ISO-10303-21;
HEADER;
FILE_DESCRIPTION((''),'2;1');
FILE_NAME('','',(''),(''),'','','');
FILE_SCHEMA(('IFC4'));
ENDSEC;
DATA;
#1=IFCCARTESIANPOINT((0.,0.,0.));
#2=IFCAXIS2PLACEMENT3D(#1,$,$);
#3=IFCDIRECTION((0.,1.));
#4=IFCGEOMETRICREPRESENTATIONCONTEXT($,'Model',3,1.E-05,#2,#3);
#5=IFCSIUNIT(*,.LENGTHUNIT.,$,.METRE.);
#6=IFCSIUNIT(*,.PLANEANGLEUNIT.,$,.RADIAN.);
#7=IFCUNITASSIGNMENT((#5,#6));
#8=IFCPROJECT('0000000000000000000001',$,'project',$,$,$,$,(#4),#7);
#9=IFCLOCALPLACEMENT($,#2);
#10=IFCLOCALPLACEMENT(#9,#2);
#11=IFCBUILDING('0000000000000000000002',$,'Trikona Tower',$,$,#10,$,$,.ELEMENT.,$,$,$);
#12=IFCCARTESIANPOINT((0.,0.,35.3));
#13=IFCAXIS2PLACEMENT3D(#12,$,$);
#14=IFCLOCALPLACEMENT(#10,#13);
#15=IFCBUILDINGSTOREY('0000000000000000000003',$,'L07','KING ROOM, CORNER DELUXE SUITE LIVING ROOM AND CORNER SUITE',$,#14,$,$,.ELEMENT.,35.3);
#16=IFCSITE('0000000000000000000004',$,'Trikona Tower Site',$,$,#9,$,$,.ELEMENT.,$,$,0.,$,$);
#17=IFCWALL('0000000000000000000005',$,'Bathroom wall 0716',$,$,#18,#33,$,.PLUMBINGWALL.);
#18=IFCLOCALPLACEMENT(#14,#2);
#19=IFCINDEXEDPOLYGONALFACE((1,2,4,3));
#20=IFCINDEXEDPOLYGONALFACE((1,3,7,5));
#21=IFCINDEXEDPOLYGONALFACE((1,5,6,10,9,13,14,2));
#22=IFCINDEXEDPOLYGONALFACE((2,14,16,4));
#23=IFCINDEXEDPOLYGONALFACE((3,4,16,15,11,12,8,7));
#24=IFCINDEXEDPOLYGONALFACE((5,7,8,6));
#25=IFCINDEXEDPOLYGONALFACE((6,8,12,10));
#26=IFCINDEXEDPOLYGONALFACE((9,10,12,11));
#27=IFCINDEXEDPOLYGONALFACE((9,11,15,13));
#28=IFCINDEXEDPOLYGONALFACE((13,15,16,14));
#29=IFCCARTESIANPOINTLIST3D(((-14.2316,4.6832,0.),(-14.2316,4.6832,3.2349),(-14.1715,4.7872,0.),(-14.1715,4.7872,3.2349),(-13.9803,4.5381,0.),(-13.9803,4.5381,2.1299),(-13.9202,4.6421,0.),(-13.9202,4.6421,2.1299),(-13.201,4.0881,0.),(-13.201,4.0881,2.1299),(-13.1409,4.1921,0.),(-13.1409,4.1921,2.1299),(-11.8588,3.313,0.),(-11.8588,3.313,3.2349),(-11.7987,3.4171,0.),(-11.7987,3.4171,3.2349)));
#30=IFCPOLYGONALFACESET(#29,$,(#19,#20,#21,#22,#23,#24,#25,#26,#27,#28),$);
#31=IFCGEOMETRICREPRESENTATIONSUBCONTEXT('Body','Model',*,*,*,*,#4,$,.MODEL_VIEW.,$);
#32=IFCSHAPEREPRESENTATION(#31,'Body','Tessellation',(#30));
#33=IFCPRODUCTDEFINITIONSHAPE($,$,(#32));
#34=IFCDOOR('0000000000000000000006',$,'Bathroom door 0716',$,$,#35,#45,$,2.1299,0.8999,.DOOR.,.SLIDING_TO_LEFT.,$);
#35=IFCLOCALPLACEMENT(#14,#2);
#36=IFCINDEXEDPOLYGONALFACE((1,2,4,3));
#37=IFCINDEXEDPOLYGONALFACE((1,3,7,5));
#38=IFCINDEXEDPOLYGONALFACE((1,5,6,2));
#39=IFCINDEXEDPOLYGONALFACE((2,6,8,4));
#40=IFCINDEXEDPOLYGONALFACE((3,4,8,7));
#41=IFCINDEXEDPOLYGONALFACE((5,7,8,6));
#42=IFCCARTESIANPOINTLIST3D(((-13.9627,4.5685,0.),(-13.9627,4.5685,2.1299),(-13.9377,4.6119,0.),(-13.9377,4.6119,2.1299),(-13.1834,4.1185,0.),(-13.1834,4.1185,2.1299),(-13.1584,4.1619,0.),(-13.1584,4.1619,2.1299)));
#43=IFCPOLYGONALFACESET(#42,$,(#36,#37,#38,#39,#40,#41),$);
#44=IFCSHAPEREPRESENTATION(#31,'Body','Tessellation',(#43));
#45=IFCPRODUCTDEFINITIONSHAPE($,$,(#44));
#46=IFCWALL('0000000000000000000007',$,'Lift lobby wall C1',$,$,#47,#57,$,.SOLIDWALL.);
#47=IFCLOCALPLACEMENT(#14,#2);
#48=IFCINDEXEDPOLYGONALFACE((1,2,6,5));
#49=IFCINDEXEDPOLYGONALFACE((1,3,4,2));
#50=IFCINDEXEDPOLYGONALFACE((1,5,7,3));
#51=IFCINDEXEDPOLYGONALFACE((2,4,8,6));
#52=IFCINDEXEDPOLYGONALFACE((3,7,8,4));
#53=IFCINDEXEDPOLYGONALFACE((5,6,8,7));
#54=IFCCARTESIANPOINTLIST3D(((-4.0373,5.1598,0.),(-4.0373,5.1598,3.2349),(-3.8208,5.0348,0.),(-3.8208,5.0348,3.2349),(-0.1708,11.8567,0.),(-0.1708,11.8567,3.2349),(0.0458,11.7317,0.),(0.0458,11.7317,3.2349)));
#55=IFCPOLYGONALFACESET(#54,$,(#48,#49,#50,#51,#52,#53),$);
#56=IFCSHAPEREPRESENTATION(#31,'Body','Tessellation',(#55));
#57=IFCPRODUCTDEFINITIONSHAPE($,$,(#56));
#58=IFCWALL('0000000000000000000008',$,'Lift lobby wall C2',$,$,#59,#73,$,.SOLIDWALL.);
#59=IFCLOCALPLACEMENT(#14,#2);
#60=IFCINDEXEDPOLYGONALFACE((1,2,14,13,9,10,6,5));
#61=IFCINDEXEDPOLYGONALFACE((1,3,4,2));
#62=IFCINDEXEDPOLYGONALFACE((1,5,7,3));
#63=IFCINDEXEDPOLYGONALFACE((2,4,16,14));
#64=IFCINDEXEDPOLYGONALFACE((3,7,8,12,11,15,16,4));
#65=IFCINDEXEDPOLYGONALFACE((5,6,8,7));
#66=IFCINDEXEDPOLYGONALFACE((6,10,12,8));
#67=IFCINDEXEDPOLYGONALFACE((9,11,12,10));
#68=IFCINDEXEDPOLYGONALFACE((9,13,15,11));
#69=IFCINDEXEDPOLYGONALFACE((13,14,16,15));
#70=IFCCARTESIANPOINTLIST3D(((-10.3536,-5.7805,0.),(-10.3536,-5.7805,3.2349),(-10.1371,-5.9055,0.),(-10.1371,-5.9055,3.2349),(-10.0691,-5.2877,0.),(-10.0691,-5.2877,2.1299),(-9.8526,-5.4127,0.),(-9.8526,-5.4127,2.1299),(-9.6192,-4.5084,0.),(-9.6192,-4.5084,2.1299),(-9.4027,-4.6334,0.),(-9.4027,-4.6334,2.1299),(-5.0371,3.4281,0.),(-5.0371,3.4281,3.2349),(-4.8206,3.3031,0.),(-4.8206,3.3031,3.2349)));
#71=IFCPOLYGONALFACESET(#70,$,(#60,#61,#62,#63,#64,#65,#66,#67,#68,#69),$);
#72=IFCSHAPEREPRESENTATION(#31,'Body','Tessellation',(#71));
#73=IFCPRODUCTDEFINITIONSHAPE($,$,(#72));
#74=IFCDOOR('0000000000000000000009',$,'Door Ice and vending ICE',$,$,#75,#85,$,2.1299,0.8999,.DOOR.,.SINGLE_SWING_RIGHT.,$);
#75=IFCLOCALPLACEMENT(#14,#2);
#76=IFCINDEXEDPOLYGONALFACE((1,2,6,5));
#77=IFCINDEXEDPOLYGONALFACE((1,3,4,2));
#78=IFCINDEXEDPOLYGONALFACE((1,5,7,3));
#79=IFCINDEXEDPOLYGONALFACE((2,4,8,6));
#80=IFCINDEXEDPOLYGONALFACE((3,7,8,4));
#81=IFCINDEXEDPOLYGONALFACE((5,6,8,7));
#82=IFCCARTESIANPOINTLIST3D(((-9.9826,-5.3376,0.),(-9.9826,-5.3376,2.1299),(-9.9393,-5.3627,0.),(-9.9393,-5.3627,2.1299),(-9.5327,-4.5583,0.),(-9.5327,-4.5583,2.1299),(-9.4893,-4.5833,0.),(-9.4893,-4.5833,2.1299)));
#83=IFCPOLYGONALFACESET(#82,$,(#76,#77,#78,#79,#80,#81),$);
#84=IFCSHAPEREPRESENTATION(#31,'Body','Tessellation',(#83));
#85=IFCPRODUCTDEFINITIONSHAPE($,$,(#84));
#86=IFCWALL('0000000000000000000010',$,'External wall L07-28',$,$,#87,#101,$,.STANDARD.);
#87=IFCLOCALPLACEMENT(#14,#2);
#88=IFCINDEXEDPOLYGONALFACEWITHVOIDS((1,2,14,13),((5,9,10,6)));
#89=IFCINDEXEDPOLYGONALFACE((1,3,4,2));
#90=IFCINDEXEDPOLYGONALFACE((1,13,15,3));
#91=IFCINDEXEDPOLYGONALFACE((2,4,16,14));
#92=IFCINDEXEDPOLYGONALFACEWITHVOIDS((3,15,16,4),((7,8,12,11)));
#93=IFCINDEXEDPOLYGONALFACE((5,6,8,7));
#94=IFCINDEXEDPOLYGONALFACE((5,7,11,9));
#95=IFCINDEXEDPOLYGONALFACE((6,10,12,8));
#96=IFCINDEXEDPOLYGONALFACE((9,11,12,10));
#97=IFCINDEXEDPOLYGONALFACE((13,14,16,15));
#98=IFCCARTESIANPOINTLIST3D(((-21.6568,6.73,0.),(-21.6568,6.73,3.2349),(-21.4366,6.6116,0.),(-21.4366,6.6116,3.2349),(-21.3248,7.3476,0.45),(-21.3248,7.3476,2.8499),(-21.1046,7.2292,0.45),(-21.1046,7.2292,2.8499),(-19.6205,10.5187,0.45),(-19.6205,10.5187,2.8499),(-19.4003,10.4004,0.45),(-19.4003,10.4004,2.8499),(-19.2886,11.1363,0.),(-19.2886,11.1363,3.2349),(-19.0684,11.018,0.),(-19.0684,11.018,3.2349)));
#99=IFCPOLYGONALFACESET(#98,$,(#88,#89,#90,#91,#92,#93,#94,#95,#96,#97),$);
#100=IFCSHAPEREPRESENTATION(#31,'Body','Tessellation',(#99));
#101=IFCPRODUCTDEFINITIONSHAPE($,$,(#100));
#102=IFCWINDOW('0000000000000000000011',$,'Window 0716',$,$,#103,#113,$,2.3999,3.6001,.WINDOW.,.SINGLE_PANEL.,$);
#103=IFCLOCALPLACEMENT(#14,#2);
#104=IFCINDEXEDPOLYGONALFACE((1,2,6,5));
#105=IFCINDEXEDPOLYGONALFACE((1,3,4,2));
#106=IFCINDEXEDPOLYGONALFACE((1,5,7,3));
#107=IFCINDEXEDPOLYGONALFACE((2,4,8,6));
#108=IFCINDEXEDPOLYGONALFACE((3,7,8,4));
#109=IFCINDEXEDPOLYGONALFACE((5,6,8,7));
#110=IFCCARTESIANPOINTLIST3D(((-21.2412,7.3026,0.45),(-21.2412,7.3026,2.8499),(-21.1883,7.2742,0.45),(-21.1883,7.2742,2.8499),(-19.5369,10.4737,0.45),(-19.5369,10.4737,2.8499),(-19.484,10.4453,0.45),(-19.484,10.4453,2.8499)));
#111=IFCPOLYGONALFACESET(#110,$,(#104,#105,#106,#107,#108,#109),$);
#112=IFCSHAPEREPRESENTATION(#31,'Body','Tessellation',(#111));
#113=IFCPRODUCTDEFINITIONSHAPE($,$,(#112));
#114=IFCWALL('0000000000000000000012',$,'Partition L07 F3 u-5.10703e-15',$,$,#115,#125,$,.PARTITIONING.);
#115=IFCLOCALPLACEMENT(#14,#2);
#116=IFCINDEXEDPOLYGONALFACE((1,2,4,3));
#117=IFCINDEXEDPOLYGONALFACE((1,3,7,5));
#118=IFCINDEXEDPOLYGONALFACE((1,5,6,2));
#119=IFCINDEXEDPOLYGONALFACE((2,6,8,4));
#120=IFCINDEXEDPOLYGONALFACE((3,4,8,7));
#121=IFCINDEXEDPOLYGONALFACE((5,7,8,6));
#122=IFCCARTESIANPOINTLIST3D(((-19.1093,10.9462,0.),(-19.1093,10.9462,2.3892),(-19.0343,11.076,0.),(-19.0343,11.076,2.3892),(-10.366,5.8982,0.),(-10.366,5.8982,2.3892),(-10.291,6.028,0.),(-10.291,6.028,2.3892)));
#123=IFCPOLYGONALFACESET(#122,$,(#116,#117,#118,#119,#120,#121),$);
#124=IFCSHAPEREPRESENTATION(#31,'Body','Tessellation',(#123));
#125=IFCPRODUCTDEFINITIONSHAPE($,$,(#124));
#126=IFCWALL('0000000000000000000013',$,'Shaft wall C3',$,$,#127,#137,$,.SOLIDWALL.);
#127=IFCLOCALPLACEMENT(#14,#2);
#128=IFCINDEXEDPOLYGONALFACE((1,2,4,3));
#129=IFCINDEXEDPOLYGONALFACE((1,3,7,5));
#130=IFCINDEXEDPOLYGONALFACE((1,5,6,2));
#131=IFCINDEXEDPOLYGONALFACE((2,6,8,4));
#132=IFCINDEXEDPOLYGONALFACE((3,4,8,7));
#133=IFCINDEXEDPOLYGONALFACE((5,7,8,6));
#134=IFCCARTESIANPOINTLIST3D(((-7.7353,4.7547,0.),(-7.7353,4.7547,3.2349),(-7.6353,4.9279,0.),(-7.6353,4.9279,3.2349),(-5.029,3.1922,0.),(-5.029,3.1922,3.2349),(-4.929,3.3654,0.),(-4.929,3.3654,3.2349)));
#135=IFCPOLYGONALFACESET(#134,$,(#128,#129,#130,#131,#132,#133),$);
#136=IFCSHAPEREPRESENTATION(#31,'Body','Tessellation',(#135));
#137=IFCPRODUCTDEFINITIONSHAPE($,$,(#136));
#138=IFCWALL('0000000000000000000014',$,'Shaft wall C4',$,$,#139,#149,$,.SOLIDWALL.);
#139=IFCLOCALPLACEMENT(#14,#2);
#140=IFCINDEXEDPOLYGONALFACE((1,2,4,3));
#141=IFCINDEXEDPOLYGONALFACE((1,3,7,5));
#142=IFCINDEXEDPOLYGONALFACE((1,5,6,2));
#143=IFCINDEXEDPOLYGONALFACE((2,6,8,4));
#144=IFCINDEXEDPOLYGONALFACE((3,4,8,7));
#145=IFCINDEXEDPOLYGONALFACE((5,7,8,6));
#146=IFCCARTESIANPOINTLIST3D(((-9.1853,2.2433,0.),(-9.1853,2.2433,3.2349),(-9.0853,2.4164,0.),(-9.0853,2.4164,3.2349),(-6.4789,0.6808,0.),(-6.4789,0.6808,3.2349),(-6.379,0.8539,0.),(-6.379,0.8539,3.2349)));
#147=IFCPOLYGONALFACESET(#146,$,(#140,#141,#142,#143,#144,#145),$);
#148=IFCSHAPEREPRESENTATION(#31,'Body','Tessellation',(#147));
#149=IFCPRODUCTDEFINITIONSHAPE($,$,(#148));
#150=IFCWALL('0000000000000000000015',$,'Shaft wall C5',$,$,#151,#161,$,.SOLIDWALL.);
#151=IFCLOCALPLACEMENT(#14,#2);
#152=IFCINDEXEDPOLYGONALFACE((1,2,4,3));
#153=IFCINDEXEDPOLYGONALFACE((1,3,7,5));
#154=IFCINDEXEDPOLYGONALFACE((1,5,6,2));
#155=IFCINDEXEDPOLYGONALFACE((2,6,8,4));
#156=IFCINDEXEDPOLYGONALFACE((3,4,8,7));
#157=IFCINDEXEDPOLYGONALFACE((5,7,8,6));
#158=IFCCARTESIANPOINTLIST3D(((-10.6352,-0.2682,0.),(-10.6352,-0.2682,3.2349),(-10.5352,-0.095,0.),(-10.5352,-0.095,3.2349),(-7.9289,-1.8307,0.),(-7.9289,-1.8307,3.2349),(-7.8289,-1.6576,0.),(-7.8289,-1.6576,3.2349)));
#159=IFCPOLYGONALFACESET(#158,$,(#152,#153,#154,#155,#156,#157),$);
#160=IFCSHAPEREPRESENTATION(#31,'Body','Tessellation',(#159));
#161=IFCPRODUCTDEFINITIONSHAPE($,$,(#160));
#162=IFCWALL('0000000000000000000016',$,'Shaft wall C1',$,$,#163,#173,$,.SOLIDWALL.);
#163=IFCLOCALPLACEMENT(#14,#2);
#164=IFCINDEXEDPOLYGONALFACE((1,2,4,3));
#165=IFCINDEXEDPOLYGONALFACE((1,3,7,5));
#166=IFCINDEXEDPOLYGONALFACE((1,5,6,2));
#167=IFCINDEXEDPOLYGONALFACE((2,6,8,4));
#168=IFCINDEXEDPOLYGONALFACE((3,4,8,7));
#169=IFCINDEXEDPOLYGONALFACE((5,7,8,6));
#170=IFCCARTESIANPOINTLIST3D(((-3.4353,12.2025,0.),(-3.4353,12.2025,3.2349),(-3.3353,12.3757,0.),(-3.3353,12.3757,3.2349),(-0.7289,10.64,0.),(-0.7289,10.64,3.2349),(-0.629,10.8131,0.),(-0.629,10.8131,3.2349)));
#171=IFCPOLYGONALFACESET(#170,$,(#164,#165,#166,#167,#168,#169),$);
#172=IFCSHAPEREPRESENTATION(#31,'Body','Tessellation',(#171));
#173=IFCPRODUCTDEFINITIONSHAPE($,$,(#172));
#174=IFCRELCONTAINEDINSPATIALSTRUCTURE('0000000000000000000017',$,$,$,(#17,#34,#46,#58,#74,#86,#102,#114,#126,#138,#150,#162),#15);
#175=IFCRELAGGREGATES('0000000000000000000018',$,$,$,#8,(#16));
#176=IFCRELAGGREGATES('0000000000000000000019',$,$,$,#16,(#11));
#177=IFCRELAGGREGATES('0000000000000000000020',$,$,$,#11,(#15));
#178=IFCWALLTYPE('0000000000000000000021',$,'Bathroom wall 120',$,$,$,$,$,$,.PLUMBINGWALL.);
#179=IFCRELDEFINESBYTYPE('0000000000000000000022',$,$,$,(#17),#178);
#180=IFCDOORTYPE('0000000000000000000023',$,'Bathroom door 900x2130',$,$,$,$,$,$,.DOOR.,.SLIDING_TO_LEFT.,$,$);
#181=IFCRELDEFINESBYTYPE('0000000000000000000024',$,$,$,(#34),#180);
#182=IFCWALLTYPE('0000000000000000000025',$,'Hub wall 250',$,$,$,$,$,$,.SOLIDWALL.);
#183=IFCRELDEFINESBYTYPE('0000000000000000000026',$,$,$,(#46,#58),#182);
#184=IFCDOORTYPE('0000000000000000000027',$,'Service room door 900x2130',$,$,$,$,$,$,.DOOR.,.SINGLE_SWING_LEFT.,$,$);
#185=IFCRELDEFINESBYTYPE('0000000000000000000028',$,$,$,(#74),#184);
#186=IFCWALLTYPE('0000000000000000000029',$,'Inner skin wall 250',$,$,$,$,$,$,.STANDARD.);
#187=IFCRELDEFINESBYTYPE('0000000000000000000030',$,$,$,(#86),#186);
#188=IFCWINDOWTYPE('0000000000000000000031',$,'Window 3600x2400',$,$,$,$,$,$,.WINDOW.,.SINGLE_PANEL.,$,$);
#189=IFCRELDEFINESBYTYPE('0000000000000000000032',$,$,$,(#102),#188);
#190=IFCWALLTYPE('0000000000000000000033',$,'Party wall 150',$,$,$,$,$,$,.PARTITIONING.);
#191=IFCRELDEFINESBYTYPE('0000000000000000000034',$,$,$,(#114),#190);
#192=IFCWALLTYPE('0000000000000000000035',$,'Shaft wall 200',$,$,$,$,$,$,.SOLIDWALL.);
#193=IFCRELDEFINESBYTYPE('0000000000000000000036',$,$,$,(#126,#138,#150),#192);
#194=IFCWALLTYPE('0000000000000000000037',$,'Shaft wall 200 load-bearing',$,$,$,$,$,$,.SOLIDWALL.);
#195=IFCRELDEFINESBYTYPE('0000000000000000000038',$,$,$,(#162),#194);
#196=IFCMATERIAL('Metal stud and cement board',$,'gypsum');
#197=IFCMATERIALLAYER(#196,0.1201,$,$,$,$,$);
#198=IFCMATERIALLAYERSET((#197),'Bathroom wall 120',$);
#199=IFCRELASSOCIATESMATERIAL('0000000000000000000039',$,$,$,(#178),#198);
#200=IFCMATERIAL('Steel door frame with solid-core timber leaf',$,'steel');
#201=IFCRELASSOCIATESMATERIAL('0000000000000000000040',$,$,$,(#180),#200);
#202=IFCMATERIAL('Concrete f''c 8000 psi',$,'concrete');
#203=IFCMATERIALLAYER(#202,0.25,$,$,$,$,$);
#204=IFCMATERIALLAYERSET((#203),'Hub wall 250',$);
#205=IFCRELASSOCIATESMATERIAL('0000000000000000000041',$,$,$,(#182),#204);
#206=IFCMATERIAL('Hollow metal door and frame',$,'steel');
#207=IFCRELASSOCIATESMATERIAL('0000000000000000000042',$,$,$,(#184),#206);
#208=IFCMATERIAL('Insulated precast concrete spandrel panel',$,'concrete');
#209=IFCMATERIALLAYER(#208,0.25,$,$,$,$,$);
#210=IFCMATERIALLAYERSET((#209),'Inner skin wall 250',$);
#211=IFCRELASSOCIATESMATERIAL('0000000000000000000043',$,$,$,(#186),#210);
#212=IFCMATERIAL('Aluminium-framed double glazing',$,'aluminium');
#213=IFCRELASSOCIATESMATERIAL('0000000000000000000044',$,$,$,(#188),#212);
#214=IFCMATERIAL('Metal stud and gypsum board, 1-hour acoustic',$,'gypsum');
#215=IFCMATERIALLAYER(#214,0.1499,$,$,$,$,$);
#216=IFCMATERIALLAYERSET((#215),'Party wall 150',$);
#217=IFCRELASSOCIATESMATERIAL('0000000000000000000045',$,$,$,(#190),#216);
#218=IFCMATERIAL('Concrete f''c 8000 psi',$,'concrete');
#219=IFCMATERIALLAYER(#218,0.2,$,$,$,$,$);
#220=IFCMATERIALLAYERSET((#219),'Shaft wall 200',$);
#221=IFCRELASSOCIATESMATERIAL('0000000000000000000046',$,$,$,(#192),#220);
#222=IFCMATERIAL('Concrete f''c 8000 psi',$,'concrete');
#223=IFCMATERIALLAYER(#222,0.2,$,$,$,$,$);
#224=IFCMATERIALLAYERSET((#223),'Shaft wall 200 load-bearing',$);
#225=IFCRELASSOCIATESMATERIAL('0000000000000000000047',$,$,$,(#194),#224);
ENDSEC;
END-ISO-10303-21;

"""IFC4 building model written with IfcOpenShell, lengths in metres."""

from ifc_helpers import new_model, si_unit, direction, frame, frame_2d, origin, place, context, subcontext, project, spatial, rectangle, extrude, material, layer, layer_set, type_object, element, fill, save


model = new_model("IFC4")

# Units and contexts
model_context = context("Model", 3, precision=1e-05, world=origin(), true_north=direction((0.0, 1.0)))
body_context = subcontext(model_context, "Body", "Model", "MODEL_VIEW")
ifc_project = project(units=[si_unit("LENGTHUNIT", "METRE"), si_unit("PLANEANGLEUNIT", "RADIAN")], contexts=[model_context])

# Site, building, storey
site_placement = place(None, origin())
site = spatial("IfcSite", under=ifc_project, at=site_placement, Name="Trikona Tower Site", CompositionType="ELEMENT", RefElevation=0.0)
building_placement = place(site_placement, origin())
building = spatial("IfcBuilding", under=site, at=building_placement, Name="Trikona Tower", CompositionType="ELEMENT")
storey_placement = place(building_placement, frame((0.0, 0.0, 35.3)))
storey = spatial("IfcBuildingStorey", under=building, at=storey_placement, Name="L07", Description="KING ROOM, CORNER DELUXE SUITE LIVING ROOM AND CORNER SUITE", CompositionType="ELEMENT", Elevation=35.3)

# Shared definitions
ifc_material_1 = material(Name="Metal stud and cement board", Category="gypsum")
ifc_layer_1 = layer(ifc_material_1, 0.1201)
ifc_layer_set_1 = layer_set([ifc_layer_1], Name="Bathroom wall 120")
wall_type_1 = type_object("IfcWallType", Name="Bathroom wall 120", PredefinedType="PLUMBINGWALL", material=ifc_layer_set_1)

# Shared definitions
ifc_material_2 = material(Name="Steel door frame with solid-core timber leaf", Category="steel")
door_type_1 = type_object("IfcDoorType", Name="Bathroom door 900x2130", OperationType="SLIDING_TO_LEFT", PredefinedType="DOOR", material=ifc_material_2)

# Wall, opening, door
wall_1_placement = place(storey_placement, frame((-11.8286, 3.365, 0.0), z_axis=(0.0, 0.0, 1.0), x_axis=(-0.865997, 0.500049, 0.0)))
wall_1 = element("IfcWall", 1, at=wall_1_placement, inside=storey, type_object=wall_type_1, Name="Bathroom wall 0716", PredefinedType="PLUMBINGWALL", context=body_context, shape_type="SweptSolid", body=[
    extrude(rectangle(XDim=2.74, YDim=0.1201, at=frame_2d((1.3701, 0.0))), origin(), (0.0, 0.0, 1.0), 3.2349),
])
opening_1_placement = place(wall_1_placement, frame((1.55, 0.0, 0.0)))
opening_1 = element("IfcOpeningElement", 2, at=opening_1_placement, cuts=wall_1, PredefinedType="OPENING", context=body_context, shape_type="SweptSolid", body=[
    extrude(rectangle(XDim=0.8999, YDim=2.1299, at=frame_2d((0.45, 1.0649))), frame((0.0, 0.0701, 0.0), z_axis=(0.0, -1.0, 0.0), x_axis=(1.0, 0.0, 0.0)), (0.0, 0.0, 1.0), 0.1401),
])
door_1_placement = place(opening_1_placement, origin())
door_1 = element("IfcDoor", 3, at=door_1_placement, inside=storey, type_object=door_type_1, Name="Bathroom door 0716", OperationType="SLIDING_TO_LEFT", OverallHeight=2.1299, OverallWidth=0.8999, PredefinedType="DOOR", context=body_context, shape_type="SweptSolid", body=[
    extrude(rectangle(XDim=0.8999, YDim=2.1299, at=frame_2d((0.45, 1.0649))), frame((0.0, 0.0249, 0.0), z_axis=(0.0, -1.0, 0.0), x_axis=(1.0, 0.0, 0.0)), (0.0, 0.0, 1.0), 0.05),
])
fill(opening_1, door_1)

# Wall
ifc_material_3 = material(Name="Concrete f'c 8000 psi", Category="concrete")
ifc_layer_2 = layer(ifc_material_3, 0.25)
ifc_layer_set_2 = layer_set([ifc_layer_2], Name="Hub wall 250")
wall_type_2 = type_object("IfcWallType", Name="Hub wall 250", PredefinedType="SOLIDWALL", material=ifc_layer_set_2)
wall_2_placement = place(storey_placement, frame((-0.0625, 11.7942, 0.0), z_axis=(0.0, 0.0, 1.0), x_axis=(-0.500007, -0.866022, 0.0)))
element("IfcWall", 4, at=wall_2_placement, inside=storey, type_object=wall_type_2, Name="Lift lobby wall C1", PredefinedType="SOLIDWALL", context=body_context, shape_type="SweptSolid", body=[
    extrude(rectangle(XDim=7.7329, YDim=0.25, at=frame_2d((3.8665, 0.0))), origin(), (0.0, 0.0, 1.0), 3.2349),
])

# Wall, opening, door
wall_3_placement = place(storey_placement, frame((-4.929, 3.3655, 0.0), z_axis=(0.0, 0.0, 1.0), x_axis=(-0.499991, -0.86603, 0.0)))
wall_3 = element("IfcWall", 5, at=wall_3_placement, inside=storey, type_object=wall_type_2, Name="Lift lobby wall C2", PredefinedType="SOLIDWALL", context=body_context, shape_type="SweptSolid", body=[
    extrude(rectangle(XDim=10.6331, YDim=0.25, at=frame_2d((5.3164, 0.0))), origin(), (0.0, 0.0, 1.0), 3.2349),
])
opening_2_placement = place(wall_3_placement, frame((9.1641, 0.0, 0.0)))
opening_2 = element("IfcOpeningElement", 6, at=opening_2_placement, cuts=wall_3, PredefinedType="OPENING", context=body_context, shape_type="SweptSolid", body=[
    extrude(rectangle(XDim=0.8999, YDim=2.1299, at=frame_2d((0.45, 1.0649))), frame((0.0, 0.135, 0.0), z_axis=(0.0, -1.0, 0.0), x_axis=(1.0, 0.0, 0.0)), (0.0, 0.0, 1.0), 0.27),
])
ifc_material_4 = material(Name="Hollow metal door and frame", Category="steel")
door_type_2 = type_object("IfcDoorType", Name="Service room door 900x2130", OperationType="SINGLE_SWING_LEFT", PredefinedType="DOOR", material=ifc_material_4)
door_2_placement = place(opening_2_placement, origin())
door_2 = element("IfcDoor", 7, at=door_2_placement, inside=storey, type_object=door_type_2, Name="Door Ice and vending ICE", OperationType="SINGLE_SWING_RIGHT", OverallHeight=2.1299, OverallWidth=0.8999, PredefinedType="DOOR", context=body_context, shape_type="SweptSolid", body=[
    extrude(rectangle(XDim=0.8999, YDim=2.1299, at=frame_2d((0.45, 1.0649))), frame((0.0, 0.0249, 0.0), z_axis=(0.0, -1.0, 0.0), x_axis=(1.0, 0.0, 0.0)), (0.0, 0.0, 1.0), 0.05),
])
fill(opening_2, door_2)

# Wall, opening, window
ifc_material_5 = material(Name="Insulated precast concrete spandrel panel", Category="concrete")
ifc_layer_3 = layer(ifc_material_5, 0.25)
ifc_layer_set_3 = layer_set([ifc_layer_3], Name="Inner skin wall 250")
wall_type_3 = type_object("IfcWallType", Name="Inner skin wall 250", PredefinedType="STANDARD", material=ifc_layer_set_3)
wall_4_placement = place(storey_placement, frame((-19.1785, 11.0771, 0.0), z_axis=(0.0, 0.0, 1.0), x_axis=(-0.473413, -0.880841, 0.0)))
wall_4 = element("IfcWall", 8, at=wall_4_placement, inside=storey, type_object=wall_type_3, Name="External wall L07-28", PredefinedType="STANDARD", context=body_context, shape_type="SweptSolid", body=[
    extrude(rectangle(XDim=5.0024, YDim=0.25, at=frame_2d((2.5012, 0.0))), origin(), (0.0, 0.0, 1.0), 3.2349),
])
opening_3_placement = place(wall_4_placement, frame((0.7012, 0.0, 0.45)))
opening_3 = element("IfcOpeningElement", 9, at=opening_3_placement, cuts=wall_4, PredefinedType="OPENING", context=body_context, shape_type="SweptSolid", body=[
    extrude(rectangle(XDim=3.6001, YDim=2.3999, at=frame_2d((1.8, 1.2))), frame((0.0, 0.135, 0.0), z_axis=(0.0, -1.0, 0.0), x_axis=(1.0, 0.0, 0.0)), (0.0, 0.0, 1.0), 0.27),
])
ifc_material_6 = material(Name="Aluminium-framed double glazing", Category="aluminium")
window_type = type_object("IfcWindowType", Name="Window 3600x2400", PartitioningType="SINGLE_PANEL", PredefinedType="WINDOW", material=ifc_material_6)
window_placement = place(opening_3_placement, origin())
window = element("IfcWindow", 10, at=window_placement, inside=storey, type_object=window_type, Name="Window 0716", OverallHeight=2.3999, OverallWidth=3.6001, PartitioningType="SINGLE_PANEL", PredefinedType="WINDOW", context=body_context, shape_type="SweptSolid", body=[
    extrude(rectangle(XDim=3.6001, YDim=2.3999, at=frame_2d((1.8, 1.2))), frame((0.0, 0.03, 0.0), z_axis=(0.0, -1.0, 0.0), x_axis=(1.0, 0.0, 0.0)), (0.0, 0.0, 1.0), 0.0601),
])
fill(opening_3, window)

# Walls
ifc_material_7 = material(Name="Metal stud and gypsum board, 1-hour acoustic", Category="gypsum")
ifc_layer_4 = layer(ifc_material_7, 0.1499)
ifc_layer_set_4 = layer_set([ifc_layer_4], Name="Party wall 150")
wall_type_4 = type_object("IfcWallType", Name="Party wall 150", PredefinedType="PARTITIONING", material=ifc_layer_set_4)
wall_5_placement = place(storey_placement, frame((-10.3286, 5.9631, 0.0), z_axis=(0.0, 0.0, 1.0), x_axis=(-0.866022, 0.500006, 0.0)))
element("IfcWall", 11, at=wall_5_placement, inside=storey, type_object=wall_type_4, Name="Partition L07 F3 u-5.10703e-15", PredefinedType="PARTITIONING", context=body_context, shape_type="SweptSolid", body=[
    extrude(rectangle(XDim=10.0959, YDim=0.1499, at=frame_2d((5.0479, 0.0))), origin(), (0.0, 0.0, 1.0), 2.3892),
])
ifc_material_8 = material(Name="Concrete f'c 8000 psi", Category="concrete")
ifc_layer_5 = layer(ifc_material_8, 0.2)
ifc_layer_set_5 = layer_set([ifc_layer_5], Name="Shaft wall 200")
wall_type_5 = type_object("IfcWallType", Name="Shaft wall 200", PredefinedType="SOLIDWALL", material=ifc_layer_set_5)
for number, where, z_axis, x_axis, name in (
    (12, (-4.979, 3.2788, 0.0), (0.0, 0.0, 1.0), (-0.866023, 0.500004, 0.0), "Shaft wall C3"),
    (13, (-6.429, 0.7673, 0.0), (0.0, 0.0, 1.0), (-0.866023, 0.500004, 0.0), "Shaft wall C4"),
    (14, (-7.8789, -1.7441, 0.0), (0.0, 0.0, 1.0), (-0.866023, 0.500004, 0.0), "Shaft wall C5"),
):
    element("IfcWall", number, at=place(storey_placement, frame(where, z_axis=z_axis, x_axis=x_axis)), inside=storey, type_object=wall_type_5, Name=name, PredefinedType="SOLIDWALL", context=body_context, shape_type="SweptSolid", body=[
        extrude(rectangle(XDim=3.125, YDim=0.2, at=frame_2d((1.5625, 0.0))), origin(), (0.0, 0.0, 1.0), 3.2349),
    ])
ifc_material_9 = material(Name="Concrete f'c 8000 psi", Category="concrete")
ifc_layer_6 = layer(ifc_material_9, 0.2)
ifc_layer_set_6 = layer_set([ifc_layer_6], Name="Shaft wall 200 load-bearing")
wall_type_6 = type_object("IfcWallType", Name="Shaft wall 200 load-bearing", PredefinedType="SOLIDWALL", material=ifc_layer_set_6)
for number, where, z_axis, x_axis, name in (
    (15, (-0.679, 10.7266, 0.0), (0.0, 0.0, 1.0), (-0.866023, 0.500004, 0.0), "Shaft wall C1"),
):
    element("IfcWall", number, at=place(storey_placement, frame(where, z_axis=z_axis, x_axis=x_axis)), inside=storey, type_object=wall_type_6, Name=name, PredefinedType="SOLIDWALL", context=body_context, shape_type="SweptSolid", body=[
        extrude(rectangle(XDim=3.125, YDim=0.2, at=frame_2d((1.5625, 0.0))), origin(), (0.0, 0.0, 1.0), 3.2349),
    ])

save(model, "model.ifc")
